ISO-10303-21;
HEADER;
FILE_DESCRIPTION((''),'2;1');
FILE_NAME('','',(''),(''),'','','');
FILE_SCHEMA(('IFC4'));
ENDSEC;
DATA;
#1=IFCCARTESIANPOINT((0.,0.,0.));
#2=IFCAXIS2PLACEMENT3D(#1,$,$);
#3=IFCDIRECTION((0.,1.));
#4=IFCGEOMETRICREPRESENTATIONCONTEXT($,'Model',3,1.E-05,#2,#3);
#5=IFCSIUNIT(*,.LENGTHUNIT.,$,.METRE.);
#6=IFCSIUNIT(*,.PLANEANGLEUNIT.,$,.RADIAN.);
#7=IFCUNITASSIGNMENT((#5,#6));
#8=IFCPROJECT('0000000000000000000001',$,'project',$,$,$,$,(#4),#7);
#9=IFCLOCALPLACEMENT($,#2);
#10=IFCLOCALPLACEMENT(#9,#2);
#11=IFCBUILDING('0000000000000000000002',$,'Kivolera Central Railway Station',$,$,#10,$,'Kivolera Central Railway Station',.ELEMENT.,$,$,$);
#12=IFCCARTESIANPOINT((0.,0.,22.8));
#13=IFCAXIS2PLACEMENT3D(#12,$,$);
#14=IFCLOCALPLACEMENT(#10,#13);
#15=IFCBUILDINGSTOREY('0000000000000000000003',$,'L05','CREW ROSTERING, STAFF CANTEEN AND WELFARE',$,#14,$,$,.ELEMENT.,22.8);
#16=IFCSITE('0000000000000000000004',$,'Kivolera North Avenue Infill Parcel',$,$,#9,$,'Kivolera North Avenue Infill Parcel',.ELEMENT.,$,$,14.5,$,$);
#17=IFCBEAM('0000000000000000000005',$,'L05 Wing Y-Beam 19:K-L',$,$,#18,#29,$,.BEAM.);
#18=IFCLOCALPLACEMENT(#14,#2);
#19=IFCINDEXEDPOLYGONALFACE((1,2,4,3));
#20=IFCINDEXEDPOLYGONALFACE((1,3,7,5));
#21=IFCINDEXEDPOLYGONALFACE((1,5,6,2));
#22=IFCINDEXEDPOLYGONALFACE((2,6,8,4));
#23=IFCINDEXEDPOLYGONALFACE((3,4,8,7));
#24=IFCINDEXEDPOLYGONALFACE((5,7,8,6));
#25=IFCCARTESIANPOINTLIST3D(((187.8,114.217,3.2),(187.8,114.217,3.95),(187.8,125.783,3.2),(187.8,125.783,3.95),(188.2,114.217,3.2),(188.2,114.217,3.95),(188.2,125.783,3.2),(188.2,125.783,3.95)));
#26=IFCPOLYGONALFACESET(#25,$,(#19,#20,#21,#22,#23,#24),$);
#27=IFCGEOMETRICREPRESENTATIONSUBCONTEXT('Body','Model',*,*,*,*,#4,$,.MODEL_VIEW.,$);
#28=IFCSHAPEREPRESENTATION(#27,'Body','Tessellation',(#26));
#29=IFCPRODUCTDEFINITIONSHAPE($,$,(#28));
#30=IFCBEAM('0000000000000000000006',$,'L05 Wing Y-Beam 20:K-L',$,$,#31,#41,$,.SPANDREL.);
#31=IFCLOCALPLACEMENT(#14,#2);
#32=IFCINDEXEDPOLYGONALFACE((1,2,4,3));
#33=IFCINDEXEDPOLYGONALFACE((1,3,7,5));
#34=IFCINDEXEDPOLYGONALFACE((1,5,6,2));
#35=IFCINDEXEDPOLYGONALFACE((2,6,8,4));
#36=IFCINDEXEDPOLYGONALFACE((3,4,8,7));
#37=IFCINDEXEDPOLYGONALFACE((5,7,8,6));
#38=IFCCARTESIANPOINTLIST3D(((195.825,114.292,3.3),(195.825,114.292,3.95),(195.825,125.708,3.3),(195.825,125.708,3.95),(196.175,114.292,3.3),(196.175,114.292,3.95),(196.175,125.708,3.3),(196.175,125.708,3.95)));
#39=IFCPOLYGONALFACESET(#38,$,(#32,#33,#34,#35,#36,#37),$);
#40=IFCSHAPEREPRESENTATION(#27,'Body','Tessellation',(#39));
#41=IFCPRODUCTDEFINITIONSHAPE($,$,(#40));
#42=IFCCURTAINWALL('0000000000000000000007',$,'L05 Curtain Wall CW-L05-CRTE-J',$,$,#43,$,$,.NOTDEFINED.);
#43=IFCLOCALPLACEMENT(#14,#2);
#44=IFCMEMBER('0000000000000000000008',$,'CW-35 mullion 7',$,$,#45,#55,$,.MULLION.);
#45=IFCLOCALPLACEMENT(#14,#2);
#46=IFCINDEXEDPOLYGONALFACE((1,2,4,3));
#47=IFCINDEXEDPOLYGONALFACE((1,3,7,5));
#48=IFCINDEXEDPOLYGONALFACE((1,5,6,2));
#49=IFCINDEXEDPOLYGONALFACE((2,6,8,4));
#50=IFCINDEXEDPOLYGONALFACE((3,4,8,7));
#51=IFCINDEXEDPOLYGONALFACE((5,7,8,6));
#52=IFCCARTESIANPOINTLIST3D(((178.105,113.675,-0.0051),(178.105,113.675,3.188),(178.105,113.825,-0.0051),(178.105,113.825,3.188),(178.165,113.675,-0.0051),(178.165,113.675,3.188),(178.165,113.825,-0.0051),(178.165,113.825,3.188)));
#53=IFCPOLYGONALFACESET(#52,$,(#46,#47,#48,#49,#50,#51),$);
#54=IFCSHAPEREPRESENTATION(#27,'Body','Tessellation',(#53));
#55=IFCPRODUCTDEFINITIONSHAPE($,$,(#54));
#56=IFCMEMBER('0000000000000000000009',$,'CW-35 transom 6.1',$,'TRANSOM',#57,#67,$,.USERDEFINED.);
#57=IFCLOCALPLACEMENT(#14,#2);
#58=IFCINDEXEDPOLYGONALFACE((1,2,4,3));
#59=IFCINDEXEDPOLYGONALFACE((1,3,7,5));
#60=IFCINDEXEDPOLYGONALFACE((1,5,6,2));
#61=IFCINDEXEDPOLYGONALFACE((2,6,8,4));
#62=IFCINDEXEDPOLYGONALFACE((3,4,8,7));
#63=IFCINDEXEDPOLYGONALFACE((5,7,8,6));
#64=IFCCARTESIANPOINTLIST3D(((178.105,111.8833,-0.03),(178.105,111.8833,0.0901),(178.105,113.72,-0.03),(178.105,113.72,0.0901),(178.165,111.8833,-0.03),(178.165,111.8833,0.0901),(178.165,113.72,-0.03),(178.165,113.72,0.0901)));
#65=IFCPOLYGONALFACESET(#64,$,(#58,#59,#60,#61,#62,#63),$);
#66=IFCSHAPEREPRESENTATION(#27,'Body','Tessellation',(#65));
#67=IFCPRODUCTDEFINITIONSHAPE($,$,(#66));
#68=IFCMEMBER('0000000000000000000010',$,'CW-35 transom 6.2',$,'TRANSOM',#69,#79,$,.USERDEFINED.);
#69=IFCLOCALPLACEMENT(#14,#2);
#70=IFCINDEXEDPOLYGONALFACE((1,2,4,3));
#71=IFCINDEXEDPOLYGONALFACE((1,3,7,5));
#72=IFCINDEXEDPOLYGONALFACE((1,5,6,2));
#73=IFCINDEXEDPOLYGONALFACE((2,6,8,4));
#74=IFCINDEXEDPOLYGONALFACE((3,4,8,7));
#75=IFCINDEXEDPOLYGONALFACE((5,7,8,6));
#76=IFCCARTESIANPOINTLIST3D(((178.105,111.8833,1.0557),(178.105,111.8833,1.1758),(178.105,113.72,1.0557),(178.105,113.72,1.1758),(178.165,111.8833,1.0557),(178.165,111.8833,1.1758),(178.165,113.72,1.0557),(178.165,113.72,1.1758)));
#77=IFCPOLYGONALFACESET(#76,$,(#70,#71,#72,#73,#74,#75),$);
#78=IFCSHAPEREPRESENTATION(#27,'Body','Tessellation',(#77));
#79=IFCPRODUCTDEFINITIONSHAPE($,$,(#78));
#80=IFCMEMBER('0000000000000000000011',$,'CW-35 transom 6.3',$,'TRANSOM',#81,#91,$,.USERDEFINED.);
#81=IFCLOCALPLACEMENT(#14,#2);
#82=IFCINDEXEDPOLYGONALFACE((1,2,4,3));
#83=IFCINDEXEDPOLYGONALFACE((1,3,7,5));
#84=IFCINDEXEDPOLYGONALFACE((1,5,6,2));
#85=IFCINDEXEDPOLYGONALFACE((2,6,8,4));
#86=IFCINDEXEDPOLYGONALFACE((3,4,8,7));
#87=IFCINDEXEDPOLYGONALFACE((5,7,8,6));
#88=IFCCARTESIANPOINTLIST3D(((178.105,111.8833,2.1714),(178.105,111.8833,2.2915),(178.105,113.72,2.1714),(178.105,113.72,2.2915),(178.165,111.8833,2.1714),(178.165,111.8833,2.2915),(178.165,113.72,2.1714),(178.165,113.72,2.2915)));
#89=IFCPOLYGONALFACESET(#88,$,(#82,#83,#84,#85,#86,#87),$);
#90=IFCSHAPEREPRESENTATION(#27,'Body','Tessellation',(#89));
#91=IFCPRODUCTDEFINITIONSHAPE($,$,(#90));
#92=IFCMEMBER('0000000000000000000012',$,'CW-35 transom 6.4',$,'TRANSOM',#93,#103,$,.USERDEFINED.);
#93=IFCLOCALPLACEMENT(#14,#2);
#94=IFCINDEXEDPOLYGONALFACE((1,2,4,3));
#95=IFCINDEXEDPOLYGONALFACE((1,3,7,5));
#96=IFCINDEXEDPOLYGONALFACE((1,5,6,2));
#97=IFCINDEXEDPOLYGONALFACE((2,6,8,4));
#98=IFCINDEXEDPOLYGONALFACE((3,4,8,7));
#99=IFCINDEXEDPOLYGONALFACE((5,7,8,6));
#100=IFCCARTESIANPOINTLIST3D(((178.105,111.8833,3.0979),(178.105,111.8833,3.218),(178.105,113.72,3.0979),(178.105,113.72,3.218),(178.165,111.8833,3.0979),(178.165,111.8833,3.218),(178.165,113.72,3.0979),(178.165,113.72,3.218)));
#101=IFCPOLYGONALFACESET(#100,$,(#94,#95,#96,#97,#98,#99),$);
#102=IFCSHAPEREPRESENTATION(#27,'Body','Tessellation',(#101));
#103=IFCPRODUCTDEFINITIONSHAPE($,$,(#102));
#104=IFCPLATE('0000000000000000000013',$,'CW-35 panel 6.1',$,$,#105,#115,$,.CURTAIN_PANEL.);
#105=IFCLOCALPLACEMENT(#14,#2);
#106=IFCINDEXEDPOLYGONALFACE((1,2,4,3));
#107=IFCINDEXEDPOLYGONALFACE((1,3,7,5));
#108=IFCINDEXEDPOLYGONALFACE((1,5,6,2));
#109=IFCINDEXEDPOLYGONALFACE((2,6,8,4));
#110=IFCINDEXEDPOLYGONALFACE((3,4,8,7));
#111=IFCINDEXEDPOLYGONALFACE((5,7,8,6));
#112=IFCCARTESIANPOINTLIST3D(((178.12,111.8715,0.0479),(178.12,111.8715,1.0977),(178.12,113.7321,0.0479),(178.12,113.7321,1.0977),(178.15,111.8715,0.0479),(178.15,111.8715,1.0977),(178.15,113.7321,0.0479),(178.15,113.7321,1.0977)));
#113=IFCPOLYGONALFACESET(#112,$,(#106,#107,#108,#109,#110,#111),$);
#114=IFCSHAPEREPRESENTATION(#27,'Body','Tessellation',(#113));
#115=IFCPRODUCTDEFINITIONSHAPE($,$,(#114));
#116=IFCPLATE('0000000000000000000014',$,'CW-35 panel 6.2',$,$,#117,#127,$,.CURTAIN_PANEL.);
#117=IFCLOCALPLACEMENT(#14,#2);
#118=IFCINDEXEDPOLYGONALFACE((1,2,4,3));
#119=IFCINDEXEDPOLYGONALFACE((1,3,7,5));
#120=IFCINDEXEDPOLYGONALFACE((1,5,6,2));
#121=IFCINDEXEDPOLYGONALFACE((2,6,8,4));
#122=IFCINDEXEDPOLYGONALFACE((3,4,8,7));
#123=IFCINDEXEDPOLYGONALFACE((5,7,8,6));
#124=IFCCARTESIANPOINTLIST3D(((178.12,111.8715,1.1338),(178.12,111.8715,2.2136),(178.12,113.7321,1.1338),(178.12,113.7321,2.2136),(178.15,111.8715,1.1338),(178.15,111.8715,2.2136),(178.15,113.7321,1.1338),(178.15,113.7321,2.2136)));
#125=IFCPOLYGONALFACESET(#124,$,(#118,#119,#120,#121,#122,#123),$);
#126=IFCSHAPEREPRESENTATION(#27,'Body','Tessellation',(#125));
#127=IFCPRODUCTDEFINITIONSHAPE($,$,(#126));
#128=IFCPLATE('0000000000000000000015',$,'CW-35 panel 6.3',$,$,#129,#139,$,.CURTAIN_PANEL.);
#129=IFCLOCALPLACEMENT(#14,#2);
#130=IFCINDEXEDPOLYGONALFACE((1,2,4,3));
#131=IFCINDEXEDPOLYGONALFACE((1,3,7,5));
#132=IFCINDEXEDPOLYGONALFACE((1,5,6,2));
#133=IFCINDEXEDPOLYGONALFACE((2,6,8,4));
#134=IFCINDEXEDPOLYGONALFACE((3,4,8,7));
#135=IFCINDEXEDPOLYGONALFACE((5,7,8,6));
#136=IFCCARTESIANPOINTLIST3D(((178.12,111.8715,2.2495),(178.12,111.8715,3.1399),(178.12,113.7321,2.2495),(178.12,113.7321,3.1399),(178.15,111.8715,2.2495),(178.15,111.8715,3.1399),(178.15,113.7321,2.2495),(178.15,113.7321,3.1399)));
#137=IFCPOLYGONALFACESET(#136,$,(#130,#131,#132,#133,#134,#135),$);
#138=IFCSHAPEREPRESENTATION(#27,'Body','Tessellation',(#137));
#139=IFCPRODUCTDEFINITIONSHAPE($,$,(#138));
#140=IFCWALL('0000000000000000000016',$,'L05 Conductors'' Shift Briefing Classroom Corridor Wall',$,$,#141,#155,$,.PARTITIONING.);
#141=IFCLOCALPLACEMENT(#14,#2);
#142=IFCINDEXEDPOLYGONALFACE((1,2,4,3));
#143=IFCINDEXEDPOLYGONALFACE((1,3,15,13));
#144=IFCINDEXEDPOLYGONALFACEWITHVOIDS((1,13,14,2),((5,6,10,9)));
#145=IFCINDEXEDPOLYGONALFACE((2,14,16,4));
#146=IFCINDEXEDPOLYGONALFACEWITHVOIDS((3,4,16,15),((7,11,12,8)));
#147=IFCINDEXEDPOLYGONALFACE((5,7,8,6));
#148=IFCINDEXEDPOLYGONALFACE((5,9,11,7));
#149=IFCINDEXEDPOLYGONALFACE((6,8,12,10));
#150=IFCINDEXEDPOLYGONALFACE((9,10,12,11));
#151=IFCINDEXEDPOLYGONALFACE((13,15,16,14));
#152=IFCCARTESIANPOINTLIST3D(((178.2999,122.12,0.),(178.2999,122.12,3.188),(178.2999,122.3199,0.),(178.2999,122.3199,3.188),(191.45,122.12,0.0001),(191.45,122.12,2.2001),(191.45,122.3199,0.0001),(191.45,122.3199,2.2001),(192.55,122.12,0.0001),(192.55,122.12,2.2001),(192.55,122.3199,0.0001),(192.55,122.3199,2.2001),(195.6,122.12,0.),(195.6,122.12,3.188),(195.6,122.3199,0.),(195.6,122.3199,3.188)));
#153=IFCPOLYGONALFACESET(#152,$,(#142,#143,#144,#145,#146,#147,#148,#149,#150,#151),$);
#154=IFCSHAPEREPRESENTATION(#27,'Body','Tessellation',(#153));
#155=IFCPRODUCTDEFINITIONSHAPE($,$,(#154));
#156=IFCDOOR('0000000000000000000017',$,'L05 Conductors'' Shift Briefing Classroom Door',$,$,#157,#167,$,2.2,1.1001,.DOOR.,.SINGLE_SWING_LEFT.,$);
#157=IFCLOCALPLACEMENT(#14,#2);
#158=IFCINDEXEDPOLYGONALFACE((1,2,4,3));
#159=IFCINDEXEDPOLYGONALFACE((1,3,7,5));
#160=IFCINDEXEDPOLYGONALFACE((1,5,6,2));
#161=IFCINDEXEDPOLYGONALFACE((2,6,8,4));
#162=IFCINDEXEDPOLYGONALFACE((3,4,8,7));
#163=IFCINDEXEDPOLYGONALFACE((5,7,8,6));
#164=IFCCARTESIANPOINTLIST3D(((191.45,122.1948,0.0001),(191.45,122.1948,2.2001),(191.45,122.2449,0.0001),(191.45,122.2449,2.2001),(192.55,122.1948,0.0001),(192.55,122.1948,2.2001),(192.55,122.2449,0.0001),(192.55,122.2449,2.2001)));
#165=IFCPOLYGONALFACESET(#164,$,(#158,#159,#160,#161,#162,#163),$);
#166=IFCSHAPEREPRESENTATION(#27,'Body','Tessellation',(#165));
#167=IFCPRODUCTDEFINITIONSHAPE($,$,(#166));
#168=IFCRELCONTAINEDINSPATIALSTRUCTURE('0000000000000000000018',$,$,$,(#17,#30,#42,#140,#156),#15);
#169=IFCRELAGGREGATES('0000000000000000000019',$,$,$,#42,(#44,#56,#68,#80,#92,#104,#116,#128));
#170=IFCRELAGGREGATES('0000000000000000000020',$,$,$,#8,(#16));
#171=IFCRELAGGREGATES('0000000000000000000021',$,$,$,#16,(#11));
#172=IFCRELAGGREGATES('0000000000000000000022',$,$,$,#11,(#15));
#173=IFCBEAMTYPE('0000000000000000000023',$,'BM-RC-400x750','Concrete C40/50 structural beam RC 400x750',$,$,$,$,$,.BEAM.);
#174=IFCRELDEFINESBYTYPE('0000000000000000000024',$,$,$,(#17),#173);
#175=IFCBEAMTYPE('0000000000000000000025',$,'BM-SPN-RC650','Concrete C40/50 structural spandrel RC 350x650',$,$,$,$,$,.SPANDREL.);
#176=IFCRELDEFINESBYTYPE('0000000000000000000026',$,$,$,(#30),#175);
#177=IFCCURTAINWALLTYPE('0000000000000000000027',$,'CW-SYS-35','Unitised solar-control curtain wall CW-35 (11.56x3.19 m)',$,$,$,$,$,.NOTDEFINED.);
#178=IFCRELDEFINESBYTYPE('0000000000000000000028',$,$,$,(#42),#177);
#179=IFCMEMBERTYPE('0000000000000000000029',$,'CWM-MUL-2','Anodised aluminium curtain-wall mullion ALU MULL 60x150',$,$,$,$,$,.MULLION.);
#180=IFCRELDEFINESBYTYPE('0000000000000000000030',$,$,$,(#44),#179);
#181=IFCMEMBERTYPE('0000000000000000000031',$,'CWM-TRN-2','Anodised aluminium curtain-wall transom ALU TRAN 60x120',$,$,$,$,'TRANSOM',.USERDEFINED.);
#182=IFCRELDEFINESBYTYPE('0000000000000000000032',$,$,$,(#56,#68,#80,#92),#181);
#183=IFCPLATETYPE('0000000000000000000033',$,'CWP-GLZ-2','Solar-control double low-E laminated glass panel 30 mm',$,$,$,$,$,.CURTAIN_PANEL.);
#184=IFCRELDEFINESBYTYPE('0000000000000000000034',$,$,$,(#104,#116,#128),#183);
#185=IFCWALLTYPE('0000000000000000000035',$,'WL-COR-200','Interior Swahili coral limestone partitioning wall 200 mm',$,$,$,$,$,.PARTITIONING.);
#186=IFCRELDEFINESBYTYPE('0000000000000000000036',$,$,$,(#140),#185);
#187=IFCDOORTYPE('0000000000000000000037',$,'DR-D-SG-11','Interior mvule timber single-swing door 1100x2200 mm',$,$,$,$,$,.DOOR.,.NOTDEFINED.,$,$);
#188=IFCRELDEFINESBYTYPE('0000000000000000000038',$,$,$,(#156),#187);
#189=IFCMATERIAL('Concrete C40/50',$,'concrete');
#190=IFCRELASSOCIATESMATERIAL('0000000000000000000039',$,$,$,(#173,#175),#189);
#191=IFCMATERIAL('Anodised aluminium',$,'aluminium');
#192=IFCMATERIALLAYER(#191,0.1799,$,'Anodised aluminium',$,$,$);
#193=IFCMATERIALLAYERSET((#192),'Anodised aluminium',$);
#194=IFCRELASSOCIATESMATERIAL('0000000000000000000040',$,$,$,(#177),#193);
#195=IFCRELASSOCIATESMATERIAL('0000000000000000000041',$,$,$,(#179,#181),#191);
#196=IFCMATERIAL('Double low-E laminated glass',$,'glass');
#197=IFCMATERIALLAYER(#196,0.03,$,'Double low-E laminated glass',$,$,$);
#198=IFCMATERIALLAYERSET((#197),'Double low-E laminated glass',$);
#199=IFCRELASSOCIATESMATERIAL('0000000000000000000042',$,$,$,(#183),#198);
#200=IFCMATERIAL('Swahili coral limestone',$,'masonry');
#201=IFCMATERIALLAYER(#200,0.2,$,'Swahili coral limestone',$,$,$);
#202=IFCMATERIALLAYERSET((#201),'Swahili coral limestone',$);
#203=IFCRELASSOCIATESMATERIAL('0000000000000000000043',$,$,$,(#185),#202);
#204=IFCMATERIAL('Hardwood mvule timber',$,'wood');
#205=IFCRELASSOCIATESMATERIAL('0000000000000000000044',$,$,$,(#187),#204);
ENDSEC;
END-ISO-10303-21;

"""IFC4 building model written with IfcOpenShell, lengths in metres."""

from ifc_helpers import new_model, si_unit, direction, frame, frame_2d, origin, origin_2d, place, context, subcontext, project, spatial, rectangle, extrude, material, layer, layer_set, material_profile, profile_set, type_object, element, fill, aggregate, save


model = new_model("IFC4")

# Units and contexts
model_context = context("Model", 3, precision=1e-05, world=origin(), true_north=direction((0.0, 1.0)))
body_context = subcontext(model_context, "Body", "Model", "MODEL_VIEW")
ifc_project = project(units=[si_unit("LENGTHUNIT", "METRE"), si_unit("PLANEANGLEUNIT", "RADIAN")], contexts=[model_context])

# Site, building, storey
site_placement = place(None, origin())
site = spatial("IfcSite", under=ifc_project, at=site_placement, Name="Kivolera North Avenue Infill Parcel", LongName="Kivolera North Avenue Infill Parcel", CompositionType="ELEMENT", RefElevation=14.5)
building_placement = place(site_placement, origin())
building = spatial("IfcBuilding", under=site, at=building_placement, Name="Kivolera Central Railway Station", LongName="Kivolera Central Railway Station", CompositionType="ELEMENT")
storey_placement = place(building_placement, frame((0.0, 0.0, 22.8)))
storey = spatial("IfcBuildingStorey", under=building, at=storey_placement, Name="L05", Description="CREW ROSTERING, STAFF CANTEEN AND WELFARE", CompositionType="ELEMENT", Elevation=22.8)

# Shared definitions
ifc_material_1 = material(Name="Concrete C40/50", Category="concrete")

# Beams
ifc_material_profile_1 = material_profile(ifc_material_1, rectangle(XDim=0.3999, YDim=0.75, at=origin_2d()), Name="RC 400x750")
ifc_profile_set_1 = profile_set([ifc_material_profile_1], Name="Concrete C40/50")
beam_type_1 = type_object("IfcBeamType", Name="BM-RC-400x750", Description="Concrete C40/50 structural beam RC 400x750", PredefinedType="BEAM", material=ifc_profile_set_1)
beam_1_placement = place(storey_placement, frame((188.0, 114.217, 3.575), z_axis=(0.0, 1.0, 0.0), x_axis=(-1.0, 0.0, 0.0)))
element("IfcBeam", 1, at=beam_1_placement, inside=storey, type_object=beam_type_1, Name="L05 Wing Y-Beam 19:K-L", PredefinedType="BEAM", context=body_context, shape_type="SweptSolid", body=[
    extrude(rectangle(XDim=0.3999, YDim=0.75, at=origin_2d()), origin(), (0.0, 0.0, 1.0), 11.5659),
])
ifc_material_profile_2 = material_profile(ifc_material_1, rectangle(XDim=0.3501, YDim=0.6499, at=origin_2d()), Name="RC 350x650")
ifc_profile_set_2 = profile_set([ifc_material_profile_2], Name="Concrete C40/50")
beam_type_2 = type_object("IfcBeamType", Name="BM-SPN-RC650", Description="Concrete C40/50 structural spandrel RC 350x650", PredefinedType="SPANDREL", material=ifc_profile_set_2)
beam_2_placement = place(storey_placement, frame((196.0, 114.292, 3.625), z_axis=(0.0, 1.0, 0.0), x_axis=(-1.0, 0.0, 0.0)))
element("IfcBeam", 2, at=beam_2_placement, inside=storey, type_object=beam_type_2, Name="L05 Wing Y-Beam 20:K-L", PredefinedType="SPANDREL", context=body_context, shape_type="SweptSolid", body=[
    extrude(rectangle(XDim=0.3501, YDim=0.6499, at=origin_2d()), origin(), (0.0, 0.0, 1.0), 11.416),
])

# Curtain wall, members, plates
ifc_material_2 = material(Name="Anodised aluminium", Category="aluminium")
ifc_layer_1 = layer(ifc_material_2, 0.1799, Name="Anodised aluminium")
ifc_layer_set_1 = layer_set([ifc_layer_1], Name="Anodised aluminium")
curtain_wall_type = type_object("IfcCurtainWallType", Name="CW-SYS-35", Description="Unitised solar-control curtain wall CW-35 (11.56x3.19 m)", PredefinedType="NOTDEFINED", material=ifc_layer_set_1)
curtain_wall_placement = place(storey_placement, origin())
curtain_wall = element("IfcCurtainWall", 3, at=curtain_wall_placement, inside=storey, type_object=curtain_wall_type, Name="L05 Curtain Wall CW-L05-CRTE-J", PredefinedType="NOTDEFINED")
ifc_material_profile_3 = material_profile(ifc_material_2, rectangle(XDim=0.0601, YDim=0.1499, at=origin_2d()), Name="ALU MULL 60x150")
ifc_profile_set_3 = profile_set([ifc_material_profile_3], Name="Anodised aluminium")
member_type_1 = type_object("IfcMemberType", Name="CWM-MUL-2", Description="Anodised aluminium curtain-wall mullion ALU MULL 60x150", PredefinedType="MULLION", material=ifc_profile_set_3)
member_1_placement = place(storey_placement, frame((178.135, 113.75, -0.0051), z_axis=(0.0, 0.0, 1.0), x_axis=(-1.0, 0.0, 0.0)))
member_1 = element("IfcMember", 4, at=member_1_placement, type_object=member_type_1, Name="CW-35 mullion 7", PredefinedType="MULLION", context=body_context, shape_type="SweptSolid", body=[
    extrude(rectangle(XDim=0.0601, YDim=0.1499, at=origin_2d()), origin(), (0.0, 0.0, 1.0), 3.1931),
])
ifc_material_profile_4 = material_profile(ifc_material_2, rectangle(XDim=0.0601, YDim=0.1201, at=origin_2d()), Name="ALU TRAN 60x120")
ifc_profile_set_4 = profile_set([ifc_material_profile_4], Name="Anodised aluminium")
member_type_2 = type_object("IfcMemberType", Name="CWM-TRN-2", Description="Anodised aluminium curtain-wall transom ALU TRAN 60x120", ElementType="TRANSOM", PredefinedType="USERDEFINED", material=ifc_profile_set_4)
member_2_placement = place(storey_placement, frame((178.135, 111.8833, 0.03), z_axis=(0.0, 1.0, 0.0), x_axis=(-1.0, 0.0, 0.0)))
member_2 = element("IfcMember", 5, at=member_2_placement, type_object=member_type_2, Name="CW-35 transom 6.1", ObjectType="TRANSOM", PredefinedType="USERDEFINED", context=body_context, shape_type="SweptSolid", body=[
    extrude(rectangle(XDim=0.0601, YDim=0.1201, at=origin_2d()), origin(), (0.0, 0.0, 1.0), 1.8367),
])
member_3_placement = place(storey_placement, frame((178.135, 111.8833, 1.1157), z_axis=(0.0, 1.0, 0.0), x_axis=(-1.0, 0.0, 0.0)))
member_3 = element("IfcMember", 6, at=member_3_placement, type_object=member_type_2, Name="CW-35 transom 6.2", ObjectType="TRANSOM", PredefinedType="USERDEFINED", context=body_context, shape_type="SweptSolid", body=[
    extrude(rectangle(XDim=0.0601, YDim=0.1201, at=origin_2d()), origin(), (0.0, 0.0, 1.0), 1.8367),
])
member_4_placement = place(storey_placement, frame((178.135, 111.8833, 2.2314), z_axis=(0.0, 1.0, 0.0), x_axis=(-1.0, 0.0, 0.0)))
member_4 = element("IfcMember", 7, at=member_4_placement, type_object=member_type_2, Name="CW-35 transom 6.3", ObjectType="TRANSOM", PredefinedType="USERDEFINED", context=body_context, shape_type="SweptSolid", body=[
    extrude(rectangle(XDim=0.0601, YDim=0.1201, at=origin_2d()), origin(), (0.0, 0.0, 1.0), 1.8367),
])
member_5_placement = place(storey_placement, frame((178.135, 111.8833, 3.158), z_axis=(0.0, 1.0, 0.0), x_axis=(-1.0, 0.0, 0.0)))
member_5 = element("IfcMember", 8, at=member_5_placement, type_object=member_type_2, Name="CW-35 transom 6.4", ObjectType="TRANSOM", PredefinedType="USERDEFINED", context=body_context, shape_type="SweptSolid", body=[
    extrude(rectangle(XDim=0.0601, YDim=0.1201, at=origin_2d()), origin(), (0.0, 0.0, 1.0), 1.8367),
])
ifc_material_3 = material(Name="Double low-E laminated glass", Category="glass")
ifc_layer_2 = layer(ifc_material_3, 0.03, Name="Double low-E laminated glass")
ifc_layer_set_2 = layer_set([ifc_layer_2], Name="Double low-E laminated glass")
plate_type = type_object("IfcPlateType", Name="CWP-GLZ-2", Description="Solar-control double low-E laminated glass panel 30 mm", PredefinedType="CURTAIN_PANEL", material=ifc_layer_set_2)
plate_1_placement = place(storey_placement, frame((178.135, 112.8018, 0.0479), z_axis=(0.0, 0.0, 1.0), x_axis=(0.0, 1.0, 0.0)))
plate_1 = element("IfcPlate", 9, at=plate_1_placement, type_object=plate_type, Name="CW-35 panel 6.1", PredefinedType="CURTAIN_PANEL", context=body_context, shape_type="SweptSolid", body=[
    extrude(rectangle(XDim=1.8606, YDim=0.03, at=origin_2d()), origin(), (0.0, 0.0, 1.0), 1.0498),
])
plate_2_placement = place(storey_placement, frame((178.135, 112.8018, 1.1338), z_axis=(0.0, 0.0, 1.0), x_axis=(0.0, 1.0, 0.0)))
plate_2 = element("IfcPlate", 10, at=plate_2_placement, type_object=plate_type, Name="CW-35 panel 6.2", PredefinedType="CURTAIN_PANEL", context=body_context, shape_type="SweptSolid", body=[
    extrude(rectangle(XDim=1.8606, YDim=0.03, at=origin_2d()), origin(), (0.0, 0.0, 1.0), 1.0798),
])
plate_3_placement = place(storey_placement, frame((178.135, 112.8018, 2.2495), z_axis=(0.0, 0.0, 1.0), x_axis=(0.0, 1.0, 0.0)))
plate_3 = element("IfcPlate", 11, at=plate_3_placement, type_object=plate_type, Name="CW-35 panel 6.3", PredefinedType="CURTAIN_PANEL", context=body_context, shape_type="SweptSolid", body=[
    extrude(rectangle(XDim=1.8606, YDim=0.03, at=origin_2d()), origin(), (0.0, 0.0, 1.0), 0.8904),
])
aggregate(curtain_wall, [member_1, member_2, member_3, member_4, member_5, plate_1, plate_2, plate_3])

# Wall, opening, door
ifc_material_4 = material(Name="Swahili coral limestone", Category="masonry")
ifc_layer_3 = layer(ifc_material_4, 0.2, Name="Swahili coral limestone")
ifc_layer_set_3 = layer_set([ifc_layer_3], Name="Swahili coral limestone")
wall_type_1 = type_object("IfcWallType", Name="WL-COR-200", Description="Interior Swahili coral limestone partitioning wall 200 mm", PredefinedType="PARTITIONING", material=ifc_layer_set_3)
wall_1_placement = place(storey_placement, frame((178.3, 122.22, 0.0), z_axis=(0.0, 0.0, 1.0), x_axis=(1.0, 0.0, 0.0)))
wall_1 = element("IfcWall", 12, at=wall_1_placement, inside=storey, type_object=wall_type_1, Name="L05 Conductors' Shift Briefing Classroom Corridor Wall", PredefinedType="PARTITIONING", context=body_context, shape_type="SweptSolid", body=[
    extrude(rectangle(XDim=17.3, YDim=0.2, at=frame_2d((8.6499, 0.0))), origin(), (0.0, 0.0, 1.0), 3.188),
])
opening_1_placement = place(wall_1_placement, frame((13.1499, 0.0, 0.0)))
opening_1 = element("IfcOpeningElement", 13, at=opening_1_placement, cuts=wall_1, PredefinedType="OPENING", context=body_context, shape_type="SweptSolid", body=[
    extrude(rectangle(XDim=1.1001, YDim=2.2, at=frame_2d((0.55, 1.1001))), frame((0.0, 0.1099, 0.0), z_axis=(0.0, -1.0, 0.0), x_axis=(1.0, 0.0, 0.0)), (0.0, 0.0, 1.0), 0.22),
])
ifc_material_5 = material(Name="Hardwood mvule timber", Category="wood")
door_type_1 = type_object("IfcDoorType", Name="DR-D-SG-11", Description="Interior mvule timber single-swing door 1100x2200 mm", OperationType="NOTDEFINED", PredefinedType="DOOR", material=ifc_material_5)
door_1_placement = place(opening_1_placement, origin())
door_1 = element("IfcDoor", 14, at=door_1_placement, inside=storey, type_object=door_type_1, Name="L05 Conductors' Shift Briefing Classroom Door", OperationType="SINGLE_SWING_LEFT", OverallHeight=2.2, OverallWidth=1.1001, PredefinedType="DOOR", context=body_context, shape_type="SweptSolid", body=[
    extrude(rectangle(XDim=1.1001, YDim=2.2, at=frame_2d((0.55, 1.1001))), frame((0.0, 0.0249, 0.0), z_axis=(0.0, -1.0, 0.0), x_axis=(1.0, 0.0, 0.0)), (0.0, 0.0, 1.0), 0.05),
])
fill(opening_1, door_1)

save(model, "model.ifc")
